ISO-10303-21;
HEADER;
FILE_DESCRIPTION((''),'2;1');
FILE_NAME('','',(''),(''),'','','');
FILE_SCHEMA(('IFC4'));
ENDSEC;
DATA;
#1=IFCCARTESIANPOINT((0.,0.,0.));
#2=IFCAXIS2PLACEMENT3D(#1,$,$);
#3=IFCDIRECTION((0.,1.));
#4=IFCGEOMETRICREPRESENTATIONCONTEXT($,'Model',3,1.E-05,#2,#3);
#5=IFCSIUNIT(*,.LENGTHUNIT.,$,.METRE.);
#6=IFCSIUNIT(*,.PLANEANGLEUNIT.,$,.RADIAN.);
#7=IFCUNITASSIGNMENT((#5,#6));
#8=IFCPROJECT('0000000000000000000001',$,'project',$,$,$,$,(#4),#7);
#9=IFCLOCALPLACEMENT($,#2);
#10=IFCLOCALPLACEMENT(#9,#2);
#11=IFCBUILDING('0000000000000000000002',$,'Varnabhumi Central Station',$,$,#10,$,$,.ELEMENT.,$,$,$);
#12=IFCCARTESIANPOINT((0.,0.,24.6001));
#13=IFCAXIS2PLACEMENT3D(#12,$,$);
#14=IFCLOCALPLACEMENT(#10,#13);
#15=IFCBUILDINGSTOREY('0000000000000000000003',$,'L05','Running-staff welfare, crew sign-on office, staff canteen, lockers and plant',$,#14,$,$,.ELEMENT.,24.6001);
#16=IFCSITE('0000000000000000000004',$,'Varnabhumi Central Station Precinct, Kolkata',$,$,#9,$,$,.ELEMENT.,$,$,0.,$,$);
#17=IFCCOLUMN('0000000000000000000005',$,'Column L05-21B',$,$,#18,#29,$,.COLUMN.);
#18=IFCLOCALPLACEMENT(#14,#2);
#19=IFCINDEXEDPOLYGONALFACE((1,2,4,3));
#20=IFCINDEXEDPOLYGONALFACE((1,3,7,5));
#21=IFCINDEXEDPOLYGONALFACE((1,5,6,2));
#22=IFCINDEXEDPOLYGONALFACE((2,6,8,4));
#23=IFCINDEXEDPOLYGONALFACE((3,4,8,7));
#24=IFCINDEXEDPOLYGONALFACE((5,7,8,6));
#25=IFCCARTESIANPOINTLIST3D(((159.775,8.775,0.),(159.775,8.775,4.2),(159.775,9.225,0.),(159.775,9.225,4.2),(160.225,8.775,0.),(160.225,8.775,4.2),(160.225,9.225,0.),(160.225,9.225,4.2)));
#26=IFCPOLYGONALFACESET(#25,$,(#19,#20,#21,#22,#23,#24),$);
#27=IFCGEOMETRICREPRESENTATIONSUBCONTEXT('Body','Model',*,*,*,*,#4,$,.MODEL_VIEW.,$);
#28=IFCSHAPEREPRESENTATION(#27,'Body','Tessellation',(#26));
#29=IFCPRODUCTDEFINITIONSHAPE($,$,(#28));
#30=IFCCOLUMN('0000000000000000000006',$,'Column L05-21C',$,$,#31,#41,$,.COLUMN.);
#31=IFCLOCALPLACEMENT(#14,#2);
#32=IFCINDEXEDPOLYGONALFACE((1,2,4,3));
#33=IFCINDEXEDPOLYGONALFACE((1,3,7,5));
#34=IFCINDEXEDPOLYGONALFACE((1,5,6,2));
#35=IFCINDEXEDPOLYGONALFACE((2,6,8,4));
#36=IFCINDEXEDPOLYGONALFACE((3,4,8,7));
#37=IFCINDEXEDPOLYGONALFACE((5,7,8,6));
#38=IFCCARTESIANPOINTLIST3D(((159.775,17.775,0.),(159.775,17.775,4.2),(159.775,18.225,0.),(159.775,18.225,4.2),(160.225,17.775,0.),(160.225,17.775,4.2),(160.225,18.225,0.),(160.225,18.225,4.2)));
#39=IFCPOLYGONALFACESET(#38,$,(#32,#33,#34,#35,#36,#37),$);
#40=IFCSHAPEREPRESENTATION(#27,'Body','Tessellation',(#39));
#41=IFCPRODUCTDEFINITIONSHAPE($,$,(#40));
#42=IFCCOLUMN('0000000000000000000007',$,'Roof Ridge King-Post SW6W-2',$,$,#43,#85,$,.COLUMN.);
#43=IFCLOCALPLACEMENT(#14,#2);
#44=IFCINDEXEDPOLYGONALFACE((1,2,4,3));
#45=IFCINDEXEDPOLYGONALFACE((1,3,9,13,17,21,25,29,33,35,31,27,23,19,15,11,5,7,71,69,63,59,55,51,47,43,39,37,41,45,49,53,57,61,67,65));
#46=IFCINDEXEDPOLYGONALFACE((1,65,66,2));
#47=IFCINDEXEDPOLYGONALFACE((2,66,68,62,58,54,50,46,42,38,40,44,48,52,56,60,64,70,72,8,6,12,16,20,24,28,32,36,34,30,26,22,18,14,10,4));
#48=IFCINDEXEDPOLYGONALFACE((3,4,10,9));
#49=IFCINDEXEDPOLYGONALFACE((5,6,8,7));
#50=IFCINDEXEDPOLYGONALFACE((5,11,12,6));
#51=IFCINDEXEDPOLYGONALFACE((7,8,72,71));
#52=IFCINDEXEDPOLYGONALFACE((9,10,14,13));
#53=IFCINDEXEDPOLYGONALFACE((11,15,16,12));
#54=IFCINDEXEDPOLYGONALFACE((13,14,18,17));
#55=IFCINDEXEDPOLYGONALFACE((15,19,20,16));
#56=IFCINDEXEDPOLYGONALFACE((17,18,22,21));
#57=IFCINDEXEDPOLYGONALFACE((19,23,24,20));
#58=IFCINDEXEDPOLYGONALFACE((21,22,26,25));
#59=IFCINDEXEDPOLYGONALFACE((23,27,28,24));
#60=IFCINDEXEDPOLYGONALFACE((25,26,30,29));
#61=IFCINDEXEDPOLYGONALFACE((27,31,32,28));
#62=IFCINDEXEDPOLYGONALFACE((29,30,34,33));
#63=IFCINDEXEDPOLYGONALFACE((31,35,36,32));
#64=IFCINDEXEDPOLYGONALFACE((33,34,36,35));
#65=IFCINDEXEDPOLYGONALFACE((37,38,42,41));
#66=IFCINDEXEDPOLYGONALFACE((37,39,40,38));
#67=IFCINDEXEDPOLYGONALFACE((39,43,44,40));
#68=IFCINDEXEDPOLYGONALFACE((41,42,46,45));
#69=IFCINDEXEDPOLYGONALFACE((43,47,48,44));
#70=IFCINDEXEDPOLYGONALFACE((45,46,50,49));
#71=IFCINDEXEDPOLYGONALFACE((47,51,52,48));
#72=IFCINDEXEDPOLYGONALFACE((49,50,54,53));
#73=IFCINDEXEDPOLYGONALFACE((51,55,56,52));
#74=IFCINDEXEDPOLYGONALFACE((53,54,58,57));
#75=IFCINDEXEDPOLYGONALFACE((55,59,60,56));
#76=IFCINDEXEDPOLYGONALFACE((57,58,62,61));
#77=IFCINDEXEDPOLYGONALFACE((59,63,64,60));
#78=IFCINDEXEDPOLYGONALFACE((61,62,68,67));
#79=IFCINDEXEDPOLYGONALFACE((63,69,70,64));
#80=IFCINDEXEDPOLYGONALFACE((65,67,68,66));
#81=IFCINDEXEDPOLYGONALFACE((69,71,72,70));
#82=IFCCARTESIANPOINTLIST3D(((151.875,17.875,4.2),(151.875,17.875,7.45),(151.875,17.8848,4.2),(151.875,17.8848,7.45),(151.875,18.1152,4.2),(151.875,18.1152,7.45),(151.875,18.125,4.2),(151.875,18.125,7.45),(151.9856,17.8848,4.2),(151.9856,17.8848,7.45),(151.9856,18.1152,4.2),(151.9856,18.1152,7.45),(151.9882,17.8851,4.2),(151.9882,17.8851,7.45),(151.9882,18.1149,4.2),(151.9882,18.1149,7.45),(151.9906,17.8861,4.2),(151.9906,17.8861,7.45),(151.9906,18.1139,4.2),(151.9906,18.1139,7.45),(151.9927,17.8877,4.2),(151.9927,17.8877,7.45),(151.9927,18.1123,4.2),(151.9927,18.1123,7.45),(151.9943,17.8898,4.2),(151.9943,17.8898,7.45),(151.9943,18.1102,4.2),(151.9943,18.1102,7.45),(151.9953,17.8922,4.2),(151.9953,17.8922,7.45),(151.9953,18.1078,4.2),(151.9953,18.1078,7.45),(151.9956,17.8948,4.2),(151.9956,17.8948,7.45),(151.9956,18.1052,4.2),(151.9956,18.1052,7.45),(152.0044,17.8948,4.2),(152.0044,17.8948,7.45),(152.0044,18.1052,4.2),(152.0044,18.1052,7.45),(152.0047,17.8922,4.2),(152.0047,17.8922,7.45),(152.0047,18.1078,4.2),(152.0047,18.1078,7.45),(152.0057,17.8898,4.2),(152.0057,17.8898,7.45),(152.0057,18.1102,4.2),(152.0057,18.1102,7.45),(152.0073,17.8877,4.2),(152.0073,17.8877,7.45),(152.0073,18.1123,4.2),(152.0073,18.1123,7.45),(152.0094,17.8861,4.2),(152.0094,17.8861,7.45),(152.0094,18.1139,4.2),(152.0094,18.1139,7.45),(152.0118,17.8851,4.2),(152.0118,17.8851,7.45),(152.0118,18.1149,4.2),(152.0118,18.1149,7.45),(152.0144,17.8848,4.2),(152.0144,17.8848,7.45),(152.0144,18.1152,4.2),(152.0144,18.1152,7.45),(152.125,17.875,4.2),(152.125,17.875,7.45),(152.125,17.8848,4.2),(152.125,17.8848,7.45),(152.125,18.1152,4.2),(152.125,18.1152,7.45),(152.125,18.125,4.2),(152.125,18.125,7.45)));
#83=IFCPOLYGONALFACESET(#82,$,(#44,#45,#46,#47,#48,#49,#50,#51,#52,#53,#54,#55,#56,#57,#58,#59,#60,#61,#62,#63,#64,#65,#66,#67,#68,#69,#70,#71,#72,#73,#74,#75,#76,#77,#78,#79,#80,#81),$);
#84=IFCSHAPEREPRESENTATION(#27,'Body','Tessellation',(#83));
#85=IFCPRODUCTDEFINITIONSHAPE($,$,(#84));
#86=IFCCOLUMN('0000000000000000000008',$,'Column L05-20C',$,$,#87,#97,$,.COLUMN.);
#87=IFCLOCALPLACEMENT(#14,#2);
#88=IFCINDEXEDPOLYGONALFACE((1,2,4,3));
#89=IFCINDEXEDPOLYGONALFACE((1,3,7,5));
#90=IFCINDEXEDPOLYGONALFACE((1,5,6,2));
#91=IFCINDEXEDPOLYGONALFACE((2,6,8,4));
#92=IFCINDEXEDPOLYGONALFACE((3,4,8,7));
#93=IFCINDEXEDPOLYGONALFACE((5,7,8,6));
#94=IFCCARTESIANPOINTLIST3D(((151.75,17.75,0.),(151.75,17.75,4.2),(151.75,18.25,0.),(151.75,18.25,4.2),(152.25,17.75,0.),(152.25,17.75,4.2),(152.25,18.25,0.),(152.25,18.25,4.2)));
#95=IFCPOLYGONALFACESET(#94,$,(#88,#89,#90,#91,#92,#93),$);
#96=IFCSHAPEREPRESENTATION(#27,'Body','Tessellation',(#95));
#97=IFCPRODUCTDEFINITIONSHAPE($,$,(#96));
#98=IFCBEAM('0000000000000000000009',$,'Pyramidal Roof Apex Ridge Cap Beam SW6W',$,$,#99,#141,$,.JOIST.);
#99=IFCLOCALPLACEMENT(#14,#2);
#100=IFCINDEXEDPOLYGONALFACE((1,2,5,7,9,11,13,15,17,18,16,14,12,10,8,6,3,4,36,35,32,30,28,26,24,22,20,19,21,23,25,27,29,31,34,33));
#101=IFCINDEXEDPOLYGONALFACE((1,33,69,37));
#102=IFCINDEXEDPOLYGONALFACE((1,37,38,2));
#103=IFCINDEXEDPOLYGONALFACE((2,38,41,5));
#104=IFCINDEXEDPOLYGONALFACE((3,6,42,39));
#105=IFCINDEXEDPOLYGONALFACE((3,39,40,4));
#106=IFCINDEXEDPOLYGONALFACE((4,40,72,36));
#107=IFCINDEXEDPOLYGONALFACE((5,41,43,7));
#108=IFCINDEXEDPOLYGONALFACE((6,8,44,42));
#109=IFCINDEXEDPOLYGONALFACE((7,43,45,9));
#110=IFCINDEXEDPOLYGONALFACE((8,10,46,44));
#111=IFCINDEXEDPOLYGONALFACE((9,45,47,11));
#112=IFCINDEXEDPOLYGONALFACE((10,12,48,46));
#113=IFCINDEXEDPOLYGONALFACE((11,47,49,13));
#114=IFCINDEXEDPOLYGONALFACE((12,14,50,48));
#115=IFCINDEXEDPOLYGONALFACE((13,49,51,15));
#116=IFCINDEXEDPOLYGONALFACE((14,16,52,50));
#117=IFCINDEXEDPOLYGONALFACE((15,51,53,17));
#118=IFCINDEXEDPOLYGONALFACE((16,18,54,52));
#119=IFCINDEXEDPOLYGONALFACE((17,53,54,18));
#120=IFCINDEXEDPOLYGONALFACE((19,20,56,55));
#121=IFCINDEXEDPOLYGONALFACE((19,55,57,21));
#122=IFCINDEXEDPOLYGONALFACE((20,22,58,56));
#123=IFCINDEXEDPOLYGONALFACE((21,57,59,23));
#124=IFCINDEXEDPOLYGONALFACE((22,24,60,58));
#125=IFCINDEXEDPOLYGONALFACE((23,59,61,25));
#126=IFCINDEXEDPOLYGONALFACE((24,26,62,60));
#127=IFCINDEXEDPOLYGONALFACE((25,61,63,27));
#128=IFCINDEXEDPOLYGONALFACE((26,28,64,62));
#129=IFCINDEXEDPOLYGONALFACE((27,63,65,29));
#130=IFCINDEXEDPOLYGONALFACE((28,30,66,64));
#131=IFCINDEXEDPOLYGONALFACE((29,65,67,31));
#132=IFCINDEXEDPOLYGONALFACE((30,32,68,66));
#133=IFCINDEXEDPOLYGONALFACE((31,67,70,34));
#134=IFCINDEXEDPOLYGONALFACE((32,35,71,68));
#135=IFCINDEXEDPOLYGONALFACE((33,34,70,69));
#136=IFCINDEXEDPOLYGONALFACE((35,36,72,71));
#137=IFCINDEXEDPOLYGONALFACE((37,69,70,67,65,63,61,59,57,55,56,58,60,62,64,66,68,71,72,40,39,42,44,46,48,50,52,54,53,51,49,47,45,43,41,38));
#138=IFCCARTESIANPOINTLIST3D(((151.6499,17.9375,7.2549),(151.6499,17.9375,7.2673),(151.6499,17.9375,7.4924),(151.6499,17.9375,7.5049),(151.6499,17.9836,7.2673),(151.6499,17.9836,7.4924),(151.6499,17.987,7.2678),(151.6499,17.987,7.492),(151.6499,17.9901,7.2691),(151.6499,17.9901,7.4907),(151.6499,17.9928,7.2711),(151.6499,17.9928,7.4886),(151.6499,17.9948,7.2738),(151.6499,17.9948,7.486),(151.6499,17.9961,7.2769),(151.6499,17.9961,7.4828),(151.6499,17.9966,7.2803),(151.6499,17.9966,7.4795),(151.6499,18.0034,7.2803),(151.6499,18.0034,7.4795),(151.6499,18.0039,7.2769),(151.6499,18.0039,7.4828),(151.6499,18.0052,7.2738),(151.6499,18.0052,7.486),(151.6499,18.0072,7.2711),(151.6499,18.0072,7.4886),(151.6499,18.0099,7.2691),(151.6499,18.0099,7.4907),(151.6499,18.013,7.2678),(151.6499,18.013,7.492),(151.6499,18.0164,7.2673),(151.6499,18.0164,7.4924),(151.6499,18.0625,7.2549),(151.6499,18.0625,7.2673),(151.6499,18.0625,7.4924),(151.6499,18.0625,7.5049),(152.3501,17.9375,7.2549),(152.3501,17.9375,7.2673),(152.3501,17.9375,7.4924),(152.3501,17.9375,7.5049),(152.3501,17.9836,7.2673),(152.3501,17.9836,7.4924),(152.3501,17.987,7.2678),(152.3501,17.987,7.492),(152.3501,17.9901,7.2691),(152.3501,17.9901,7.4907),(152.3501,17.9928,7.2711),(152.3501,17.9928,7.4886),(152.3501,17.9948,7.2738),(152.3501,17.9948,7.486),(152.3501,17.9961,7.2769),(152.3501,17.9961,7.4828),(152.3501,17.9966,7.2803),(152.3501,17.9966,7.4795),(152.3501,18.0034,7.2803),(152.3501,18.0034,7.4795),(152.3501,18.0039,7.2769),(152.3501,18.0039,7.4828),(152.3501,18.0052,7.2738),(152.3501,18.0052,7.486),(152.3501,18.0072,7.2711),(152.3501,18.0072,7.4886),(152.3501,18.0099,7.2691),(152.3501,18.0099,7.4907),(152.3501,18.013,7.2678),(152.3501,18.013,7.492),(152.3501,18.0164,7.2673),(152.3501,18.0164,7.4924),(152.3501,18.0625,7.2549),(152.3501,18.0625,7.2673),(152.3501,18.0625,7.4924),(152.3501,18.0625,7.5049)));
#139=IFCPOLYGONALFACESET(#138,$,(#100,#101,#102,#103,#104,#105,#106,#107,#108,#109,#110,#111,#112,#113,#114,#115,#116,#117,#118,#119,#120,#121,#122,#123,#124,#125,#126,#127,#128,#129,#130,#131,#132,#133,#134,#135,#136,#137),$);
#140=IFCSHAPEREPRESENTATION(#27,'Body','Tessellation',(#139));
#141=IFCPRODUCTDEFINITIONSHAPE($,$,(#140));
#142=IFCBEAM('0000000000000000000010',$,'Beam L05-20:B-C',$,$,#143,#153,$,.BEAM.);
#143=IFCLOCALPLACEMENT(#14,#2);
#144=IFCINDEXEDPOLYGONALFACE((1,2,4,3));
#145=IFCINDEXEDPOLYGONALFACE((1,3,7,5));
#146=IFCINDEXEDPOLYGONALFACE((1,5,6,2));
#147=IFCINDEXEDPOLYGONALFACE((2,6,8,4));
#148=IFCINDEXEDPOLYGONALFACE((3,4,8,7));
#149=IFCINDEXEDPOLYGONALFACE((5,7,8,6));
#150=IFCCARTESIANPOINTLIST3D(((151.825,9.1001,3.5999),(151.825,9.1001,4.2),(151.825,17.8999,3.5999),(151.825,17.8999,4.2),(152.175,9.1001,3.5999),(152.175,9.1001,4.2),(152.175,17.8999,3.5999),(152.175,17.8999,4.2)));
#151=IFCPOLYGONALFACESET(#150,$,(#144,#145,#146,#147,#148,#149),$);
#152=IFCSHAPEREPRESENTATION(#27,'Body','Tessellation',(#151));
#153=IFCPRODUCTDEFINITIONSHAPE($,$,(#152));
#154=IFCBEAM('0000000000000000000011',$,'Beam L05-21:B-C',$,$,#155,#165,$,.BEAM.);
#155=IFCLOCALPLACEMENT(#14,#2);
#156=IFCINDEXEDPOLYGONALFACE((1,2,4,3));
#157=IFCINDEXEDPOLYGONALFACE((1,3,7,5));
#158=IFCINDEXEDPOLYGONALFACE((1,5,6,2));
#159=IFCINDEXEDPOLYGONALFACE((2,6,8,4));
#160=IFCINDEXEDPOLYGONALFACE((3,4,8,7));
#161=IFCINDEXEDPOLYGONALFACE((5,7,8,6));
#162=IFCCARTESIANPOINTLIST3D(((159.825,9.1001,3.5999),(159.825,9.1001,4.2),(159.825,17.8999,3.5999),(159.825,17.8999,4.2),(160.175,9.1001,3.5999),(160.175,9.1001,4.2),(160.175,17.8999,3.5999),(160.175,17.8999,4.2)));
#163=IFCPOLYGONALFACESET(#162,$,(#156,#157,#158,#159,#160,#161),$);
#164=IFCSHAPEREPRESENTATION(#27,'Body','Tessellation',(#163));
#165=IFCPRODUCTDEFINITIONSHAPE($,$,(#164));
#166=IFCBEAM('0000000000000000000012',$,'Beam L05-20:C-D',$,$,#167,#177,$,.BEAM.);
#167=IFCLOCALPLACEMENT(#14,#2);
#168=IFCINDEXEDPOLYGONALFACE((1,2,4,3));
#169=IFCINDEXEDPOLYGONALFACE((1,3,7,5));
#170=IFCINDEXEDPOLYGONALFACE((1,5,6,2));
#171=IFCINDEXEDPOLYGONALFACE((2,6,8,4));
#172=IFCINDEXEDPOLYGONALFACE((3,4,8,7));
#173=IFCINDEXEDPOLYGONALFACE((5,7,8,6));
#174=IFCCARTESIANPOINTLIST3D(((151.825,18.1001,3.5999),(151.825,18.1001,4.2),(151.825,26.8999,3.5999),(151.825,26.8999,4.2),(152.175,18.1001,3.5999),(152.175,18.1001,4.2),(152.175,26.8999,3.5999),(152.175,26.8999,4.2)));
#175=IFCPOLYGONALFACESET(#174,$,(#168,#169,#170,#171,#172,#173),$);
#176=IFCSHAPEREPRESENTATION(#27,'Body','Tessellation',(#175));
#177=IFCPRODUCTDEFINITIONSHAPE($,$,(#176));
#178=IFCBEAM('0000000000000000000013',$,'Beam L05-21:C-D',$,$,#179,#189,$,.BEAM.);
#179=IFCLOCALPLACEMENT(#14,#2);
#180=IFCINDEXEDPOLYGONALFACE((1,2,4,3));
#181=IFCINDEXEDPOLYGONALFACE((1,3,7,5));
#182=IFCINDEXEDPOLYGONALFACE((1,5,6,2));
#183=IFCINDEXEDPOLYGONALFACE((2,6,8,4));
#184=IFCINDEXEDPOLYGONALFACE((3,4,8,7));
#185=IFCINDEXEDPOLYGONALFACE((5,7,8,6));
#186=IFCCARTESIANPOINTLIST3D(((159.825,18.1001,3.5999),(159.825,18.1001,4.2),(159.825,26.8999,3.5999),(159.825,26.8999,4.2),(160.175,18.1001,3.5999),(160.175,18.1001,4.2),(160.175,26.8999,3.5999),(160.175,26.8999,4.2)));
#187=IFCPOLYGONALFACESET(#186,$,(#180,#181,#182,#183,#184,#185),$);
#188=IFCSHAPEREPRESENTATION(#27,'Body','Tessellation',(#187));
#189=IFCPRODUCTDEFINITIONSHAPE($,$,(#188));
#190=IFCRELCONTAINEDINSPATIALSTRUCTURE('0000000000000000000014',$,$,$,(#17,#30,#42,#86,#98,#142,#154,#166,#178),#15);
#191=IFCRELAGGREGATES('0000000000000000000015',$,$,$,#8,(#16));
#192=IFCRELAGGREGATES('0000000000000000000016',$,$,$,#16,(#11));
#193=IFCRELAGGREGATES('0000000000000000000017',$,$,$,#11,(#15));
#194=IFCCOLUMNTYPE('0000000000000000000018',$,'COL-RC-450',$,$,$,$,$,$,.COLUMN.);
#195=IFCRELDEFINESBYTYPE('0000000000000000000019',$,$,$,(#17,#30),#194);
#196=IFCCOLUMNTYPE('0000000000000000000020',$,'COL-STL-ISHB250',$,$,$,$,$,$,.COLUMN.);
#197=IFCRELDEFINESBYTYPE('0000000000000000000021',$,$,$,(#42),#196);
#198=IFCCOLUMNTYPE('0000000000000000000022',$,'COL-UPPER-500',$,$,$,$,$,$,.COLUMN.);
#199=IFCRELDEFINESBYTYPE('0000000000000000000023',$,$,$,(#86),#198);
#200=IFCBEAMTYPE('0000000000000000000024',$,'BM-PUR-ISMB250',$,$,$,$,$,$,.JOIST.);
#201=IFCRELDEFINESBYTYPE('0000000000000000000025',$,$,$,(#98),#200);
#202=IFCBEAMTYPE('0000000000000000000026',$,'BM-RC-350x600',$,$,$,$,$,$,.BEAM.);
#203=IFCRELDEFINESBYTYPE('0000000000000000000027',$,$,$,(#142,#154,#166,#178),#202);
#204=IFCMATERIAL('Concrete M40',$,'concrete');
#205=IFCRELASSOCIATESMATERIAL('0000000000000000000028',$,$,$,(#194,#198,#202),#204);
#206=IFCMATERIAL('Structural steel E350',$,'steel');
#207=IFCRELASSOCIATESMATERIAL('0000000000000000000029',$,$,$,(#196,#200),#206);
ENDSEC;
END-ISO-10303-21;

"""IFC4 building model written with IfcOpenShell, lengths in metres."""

from ifc_helpers import new_model, si_unit, direction, frame, origin, origin_2d, place, context, subcontext, project, spatial, rectangle, i_section, extrude, material, material_profile, profile_set, type_object, element, save


model = new_model("IFC4")

# Units and contexts
model_context = context("Model", 3, precision=1e-05, world=origin(), true_north=direction((0.0, 1.0)))
body_context = subcontext(model_context, "Body", "Model", "MODEL_VIEW")
ifc_project = project(units=[si_unit("LENGTHUNIT", "METRE"), si_unit("PLANEANGLEUNIT", "RADIAN")], contexts=[model_context])

# Site, building, storey
site_placement = place(None, origin())
site = spatial("IfcSite", under=ifc_project, at=site_placement, Name="Varnabhumi Central Station Precinct, Kolkata", CompositionType="ELEMENT", RefElevation=0.0)
building_placement = place(site_placement, origin())
building = spatial("IfcBuilding", under=site, at=building_placement, Name="Varnabhumi Central Station", CompositionType="ELEMENT")
storey_placement = place(building_placement, frame((0.0, 0.0, 24.6001)))
storey = spatial("IfcBuildingStorey", under=building, at=storey_placement, Name="L05", Description="Running-staff welfare, crew sign-on office, staff canteen, lockers and plant", CompositionType="ELEMENT", Elevation=24.6001)

# Columns
ifc_material_1 = material(Name="Concrete M40", Category="concrete")
ifc_material_profile_1 = material_profile(ifc_material_1, rectangle(XDim=0.45, YDim=0.45, at=origin_2d()), Name="Concrete M40", Category="concrete")
ifc_profile_set_1 = profile_set([ifc_material_profile_1], Name="Concrete M40")
column_type_1 = type_object("IfcColumnType", Name="COL-RC-450", PredefinedType="COLUMN", material=ifc_profile_set_1)
for number, where, z_axis, x_axis, name in (
    (1, (160.0, 9.0, 0.0), (0.0, 0.0, 1.0), (1.0, 0.0, 0.0), "Column L05-21B"),
    (2, (160.0, 18.0, 0.0), (0.0, 0.0, 1.0), (1.0, 0.0, 0.0), "Column L05-21C"),
):
    element("IfcColumn", number, at=place(storey_placement, frame(where, z_axis=z_axis, x_axis=x_axis)), inside=storey, type_object=column_type_1, Name=name, PredefinedType="COLUMN", context=body_context, shape_type="SweptSolid", body=[
        extrude(rectangle(XDim=0.45, YDim=0.45, at=origin_2d()), origin(), (0.0, 0.0, 1.0), 4.2),
    ])
ifc_material_2 = material(Name="Structural steel E350", Category="steel")
ifc_material_profile_2 = material_profile(ifc_material_2, i_section(OverallWidth=0.25, OverallDepth=0.25, WebThickness=0.0088, FlangeThickness=0.0098, FilletRadius=0.01, at=origin_2d()), Name="Structural steel E350", Category="steel")
ifc_profile_set_2 = profile_set([ifc_material_profile_2], Name="Structural steel E350")
column_type_2 = type_object("IfcColumnType", Name="COL-STL-ISHB250", PredefinedType="COLUMN", material=ifc_profile_set_2)
column_1_placement = place(storey_placement, frame((152.0, 18.0, 4.2), z_axis=(0.0, 0.0, 1.0), x_axis=(1.0, 0.0, 0.0)))
element("IfcColumn", 3, at=column_1_placement, inside=storey, type_object=column_type_2, Name="Roof Ridge King-Post SW6W-2", PredefinedType="COLUMN", context=body_context, shape_type="SweptSolid", body=[
    extrude(i_section(OverallWidth=0.25, OverallDepth=0.25, WebThickness=0.0088, FlangeThickness=0.0098, FilletRadius=0.01, at=origin_2d()), origin(), (0.0, 0.0, 1.0), 3.25),
])
ifc_material_profile_3 = material_profile(ifc_material_1, rectangle(XDim=0.5, YDim=0.5, at=origin_2d()), Name="Concrete M40", Category="concrete")
ifc_profile_set_3 = profile_set([ifc_material_profile_3], Name="Concrete M40")
column_type_3 = type_object("IfcColumnType", Name="COL-UPPER-500", PredefinedType="COLUMN", material=ifc_profile_set_3)
column_2_placement = place(storey_placement, frame((152.0, 18.0, 0.0), z_axis=(0.0, 0.0, 1.0), x_axis=(1.0, 0.0, 0.0)))
element("IfcColumn", 4, at=column_2_placement, inside=storey, type_object=column_type_3, Name="Column L05-20C", PredefinedType="COLUMN", context=body_context, shape_type="SweptSolid", body=[
    extrude(rectangle(XDim=0.5, YDim=0.5, at=origin_2d()), origin(), (0.0, 0.0, 1.0), 4.2),
])

# Beams
ifc_material_profile_4 = material_profile(ifc_material_2, i_section(OverallWidth=0.125, OverallDepth=0.25, WebThickness=0.0068, FlangeThickness=0.0125, FilletRadius=0.0129, at=origin_2d()), Name="Structural steel E350", Category="steel")
ifc_profile_set_4 = profile_set([ifc_material_profile_4], Name="Structural steel E350")
beam_type_1 = type_object("IfcBeamType", Name="BM-PUR-ISMB250", PredefinedType="JOIST", material=ifc_profile_set_4)
beam_placement = place(storey_placement, frame((151.6499, 18.0, 7.3799), z_axis=(1.0, 0.0, 0.0), x_axis=(0.0, 1.0, 0.0)))
element("IfcBeam", 5, at=beam_placement, inside=storey, type_object=beam_type_1, Name="Pyramidal Roof Apex Ridge Cap Beam SW6W", PredefinedType="JOIST", context=body_context, shape_type="SweptSolid", body=[
    extrude(i_section(OverallWidth=0.125, OverallDepth=0.25, WebThickness=0.0068, FlangeThickness=0.0125, FilletRadius=0.0129, at=origin_2d()), origin(), (0.0, 0.0, 1.0), 0.7002),
])
ifc_material_profile_5 = material_profile(ifc_material_1, rectangle(XDim=0.3501, YDim=0.6001, at=origin_2d()), Name="Concrete M40", Category="concrete")
ifc_profile_set_5 = profile_set([ifc_material_profile_5], Name="Concrete M40")
beam_type_2 = type_object("IfcBeamType", Name="BM-RC-350x600", PredefinedType="BEAM", material=ifc_profile_set_5)
for number, where, z_axis, x_axis, name in (
    (6, (152.0, 9.1001, 3.8999), (0.0, 1.0, 0.0), (-1.0, 0.0, 0.0), "Beam L05-20:B-C"),
    (7, (160.0, 9.1001, 3.8999), (0.0, 1.0, 0.0), (-1.0, 0.0, 0.0), "Beam L05-21:B-C"),
    (8, (152.0, 18.1001, 3.8999), (0.0, 1.0, 0.0), (-1.0, 0.0, 0.0), "Beam L05-20:C-D"),
    (9, (160.0, 18.1001, 3.8999), (0.0, 1.0, 0.0), (-1.0, 0.0, 0.0), "Beam L05-21:C-D"),
):
    element("IfcBeam", number, at=place(storey_placement, frame(where, z_axis=z_axis, x_axis=x_axis)), inside=storey, type_object=beam_type_2, Name=name, PredefinedType="BEAM", context=body_context, shape_type="SweptSolid", body=[
        extrude(rectangle(XDim=0.3501, YDim=0.6001, at=origin_2d()), origin(), (0.0, 0.0, 1.0), 8.7998),
    ])

save(model, "model.ifc")
